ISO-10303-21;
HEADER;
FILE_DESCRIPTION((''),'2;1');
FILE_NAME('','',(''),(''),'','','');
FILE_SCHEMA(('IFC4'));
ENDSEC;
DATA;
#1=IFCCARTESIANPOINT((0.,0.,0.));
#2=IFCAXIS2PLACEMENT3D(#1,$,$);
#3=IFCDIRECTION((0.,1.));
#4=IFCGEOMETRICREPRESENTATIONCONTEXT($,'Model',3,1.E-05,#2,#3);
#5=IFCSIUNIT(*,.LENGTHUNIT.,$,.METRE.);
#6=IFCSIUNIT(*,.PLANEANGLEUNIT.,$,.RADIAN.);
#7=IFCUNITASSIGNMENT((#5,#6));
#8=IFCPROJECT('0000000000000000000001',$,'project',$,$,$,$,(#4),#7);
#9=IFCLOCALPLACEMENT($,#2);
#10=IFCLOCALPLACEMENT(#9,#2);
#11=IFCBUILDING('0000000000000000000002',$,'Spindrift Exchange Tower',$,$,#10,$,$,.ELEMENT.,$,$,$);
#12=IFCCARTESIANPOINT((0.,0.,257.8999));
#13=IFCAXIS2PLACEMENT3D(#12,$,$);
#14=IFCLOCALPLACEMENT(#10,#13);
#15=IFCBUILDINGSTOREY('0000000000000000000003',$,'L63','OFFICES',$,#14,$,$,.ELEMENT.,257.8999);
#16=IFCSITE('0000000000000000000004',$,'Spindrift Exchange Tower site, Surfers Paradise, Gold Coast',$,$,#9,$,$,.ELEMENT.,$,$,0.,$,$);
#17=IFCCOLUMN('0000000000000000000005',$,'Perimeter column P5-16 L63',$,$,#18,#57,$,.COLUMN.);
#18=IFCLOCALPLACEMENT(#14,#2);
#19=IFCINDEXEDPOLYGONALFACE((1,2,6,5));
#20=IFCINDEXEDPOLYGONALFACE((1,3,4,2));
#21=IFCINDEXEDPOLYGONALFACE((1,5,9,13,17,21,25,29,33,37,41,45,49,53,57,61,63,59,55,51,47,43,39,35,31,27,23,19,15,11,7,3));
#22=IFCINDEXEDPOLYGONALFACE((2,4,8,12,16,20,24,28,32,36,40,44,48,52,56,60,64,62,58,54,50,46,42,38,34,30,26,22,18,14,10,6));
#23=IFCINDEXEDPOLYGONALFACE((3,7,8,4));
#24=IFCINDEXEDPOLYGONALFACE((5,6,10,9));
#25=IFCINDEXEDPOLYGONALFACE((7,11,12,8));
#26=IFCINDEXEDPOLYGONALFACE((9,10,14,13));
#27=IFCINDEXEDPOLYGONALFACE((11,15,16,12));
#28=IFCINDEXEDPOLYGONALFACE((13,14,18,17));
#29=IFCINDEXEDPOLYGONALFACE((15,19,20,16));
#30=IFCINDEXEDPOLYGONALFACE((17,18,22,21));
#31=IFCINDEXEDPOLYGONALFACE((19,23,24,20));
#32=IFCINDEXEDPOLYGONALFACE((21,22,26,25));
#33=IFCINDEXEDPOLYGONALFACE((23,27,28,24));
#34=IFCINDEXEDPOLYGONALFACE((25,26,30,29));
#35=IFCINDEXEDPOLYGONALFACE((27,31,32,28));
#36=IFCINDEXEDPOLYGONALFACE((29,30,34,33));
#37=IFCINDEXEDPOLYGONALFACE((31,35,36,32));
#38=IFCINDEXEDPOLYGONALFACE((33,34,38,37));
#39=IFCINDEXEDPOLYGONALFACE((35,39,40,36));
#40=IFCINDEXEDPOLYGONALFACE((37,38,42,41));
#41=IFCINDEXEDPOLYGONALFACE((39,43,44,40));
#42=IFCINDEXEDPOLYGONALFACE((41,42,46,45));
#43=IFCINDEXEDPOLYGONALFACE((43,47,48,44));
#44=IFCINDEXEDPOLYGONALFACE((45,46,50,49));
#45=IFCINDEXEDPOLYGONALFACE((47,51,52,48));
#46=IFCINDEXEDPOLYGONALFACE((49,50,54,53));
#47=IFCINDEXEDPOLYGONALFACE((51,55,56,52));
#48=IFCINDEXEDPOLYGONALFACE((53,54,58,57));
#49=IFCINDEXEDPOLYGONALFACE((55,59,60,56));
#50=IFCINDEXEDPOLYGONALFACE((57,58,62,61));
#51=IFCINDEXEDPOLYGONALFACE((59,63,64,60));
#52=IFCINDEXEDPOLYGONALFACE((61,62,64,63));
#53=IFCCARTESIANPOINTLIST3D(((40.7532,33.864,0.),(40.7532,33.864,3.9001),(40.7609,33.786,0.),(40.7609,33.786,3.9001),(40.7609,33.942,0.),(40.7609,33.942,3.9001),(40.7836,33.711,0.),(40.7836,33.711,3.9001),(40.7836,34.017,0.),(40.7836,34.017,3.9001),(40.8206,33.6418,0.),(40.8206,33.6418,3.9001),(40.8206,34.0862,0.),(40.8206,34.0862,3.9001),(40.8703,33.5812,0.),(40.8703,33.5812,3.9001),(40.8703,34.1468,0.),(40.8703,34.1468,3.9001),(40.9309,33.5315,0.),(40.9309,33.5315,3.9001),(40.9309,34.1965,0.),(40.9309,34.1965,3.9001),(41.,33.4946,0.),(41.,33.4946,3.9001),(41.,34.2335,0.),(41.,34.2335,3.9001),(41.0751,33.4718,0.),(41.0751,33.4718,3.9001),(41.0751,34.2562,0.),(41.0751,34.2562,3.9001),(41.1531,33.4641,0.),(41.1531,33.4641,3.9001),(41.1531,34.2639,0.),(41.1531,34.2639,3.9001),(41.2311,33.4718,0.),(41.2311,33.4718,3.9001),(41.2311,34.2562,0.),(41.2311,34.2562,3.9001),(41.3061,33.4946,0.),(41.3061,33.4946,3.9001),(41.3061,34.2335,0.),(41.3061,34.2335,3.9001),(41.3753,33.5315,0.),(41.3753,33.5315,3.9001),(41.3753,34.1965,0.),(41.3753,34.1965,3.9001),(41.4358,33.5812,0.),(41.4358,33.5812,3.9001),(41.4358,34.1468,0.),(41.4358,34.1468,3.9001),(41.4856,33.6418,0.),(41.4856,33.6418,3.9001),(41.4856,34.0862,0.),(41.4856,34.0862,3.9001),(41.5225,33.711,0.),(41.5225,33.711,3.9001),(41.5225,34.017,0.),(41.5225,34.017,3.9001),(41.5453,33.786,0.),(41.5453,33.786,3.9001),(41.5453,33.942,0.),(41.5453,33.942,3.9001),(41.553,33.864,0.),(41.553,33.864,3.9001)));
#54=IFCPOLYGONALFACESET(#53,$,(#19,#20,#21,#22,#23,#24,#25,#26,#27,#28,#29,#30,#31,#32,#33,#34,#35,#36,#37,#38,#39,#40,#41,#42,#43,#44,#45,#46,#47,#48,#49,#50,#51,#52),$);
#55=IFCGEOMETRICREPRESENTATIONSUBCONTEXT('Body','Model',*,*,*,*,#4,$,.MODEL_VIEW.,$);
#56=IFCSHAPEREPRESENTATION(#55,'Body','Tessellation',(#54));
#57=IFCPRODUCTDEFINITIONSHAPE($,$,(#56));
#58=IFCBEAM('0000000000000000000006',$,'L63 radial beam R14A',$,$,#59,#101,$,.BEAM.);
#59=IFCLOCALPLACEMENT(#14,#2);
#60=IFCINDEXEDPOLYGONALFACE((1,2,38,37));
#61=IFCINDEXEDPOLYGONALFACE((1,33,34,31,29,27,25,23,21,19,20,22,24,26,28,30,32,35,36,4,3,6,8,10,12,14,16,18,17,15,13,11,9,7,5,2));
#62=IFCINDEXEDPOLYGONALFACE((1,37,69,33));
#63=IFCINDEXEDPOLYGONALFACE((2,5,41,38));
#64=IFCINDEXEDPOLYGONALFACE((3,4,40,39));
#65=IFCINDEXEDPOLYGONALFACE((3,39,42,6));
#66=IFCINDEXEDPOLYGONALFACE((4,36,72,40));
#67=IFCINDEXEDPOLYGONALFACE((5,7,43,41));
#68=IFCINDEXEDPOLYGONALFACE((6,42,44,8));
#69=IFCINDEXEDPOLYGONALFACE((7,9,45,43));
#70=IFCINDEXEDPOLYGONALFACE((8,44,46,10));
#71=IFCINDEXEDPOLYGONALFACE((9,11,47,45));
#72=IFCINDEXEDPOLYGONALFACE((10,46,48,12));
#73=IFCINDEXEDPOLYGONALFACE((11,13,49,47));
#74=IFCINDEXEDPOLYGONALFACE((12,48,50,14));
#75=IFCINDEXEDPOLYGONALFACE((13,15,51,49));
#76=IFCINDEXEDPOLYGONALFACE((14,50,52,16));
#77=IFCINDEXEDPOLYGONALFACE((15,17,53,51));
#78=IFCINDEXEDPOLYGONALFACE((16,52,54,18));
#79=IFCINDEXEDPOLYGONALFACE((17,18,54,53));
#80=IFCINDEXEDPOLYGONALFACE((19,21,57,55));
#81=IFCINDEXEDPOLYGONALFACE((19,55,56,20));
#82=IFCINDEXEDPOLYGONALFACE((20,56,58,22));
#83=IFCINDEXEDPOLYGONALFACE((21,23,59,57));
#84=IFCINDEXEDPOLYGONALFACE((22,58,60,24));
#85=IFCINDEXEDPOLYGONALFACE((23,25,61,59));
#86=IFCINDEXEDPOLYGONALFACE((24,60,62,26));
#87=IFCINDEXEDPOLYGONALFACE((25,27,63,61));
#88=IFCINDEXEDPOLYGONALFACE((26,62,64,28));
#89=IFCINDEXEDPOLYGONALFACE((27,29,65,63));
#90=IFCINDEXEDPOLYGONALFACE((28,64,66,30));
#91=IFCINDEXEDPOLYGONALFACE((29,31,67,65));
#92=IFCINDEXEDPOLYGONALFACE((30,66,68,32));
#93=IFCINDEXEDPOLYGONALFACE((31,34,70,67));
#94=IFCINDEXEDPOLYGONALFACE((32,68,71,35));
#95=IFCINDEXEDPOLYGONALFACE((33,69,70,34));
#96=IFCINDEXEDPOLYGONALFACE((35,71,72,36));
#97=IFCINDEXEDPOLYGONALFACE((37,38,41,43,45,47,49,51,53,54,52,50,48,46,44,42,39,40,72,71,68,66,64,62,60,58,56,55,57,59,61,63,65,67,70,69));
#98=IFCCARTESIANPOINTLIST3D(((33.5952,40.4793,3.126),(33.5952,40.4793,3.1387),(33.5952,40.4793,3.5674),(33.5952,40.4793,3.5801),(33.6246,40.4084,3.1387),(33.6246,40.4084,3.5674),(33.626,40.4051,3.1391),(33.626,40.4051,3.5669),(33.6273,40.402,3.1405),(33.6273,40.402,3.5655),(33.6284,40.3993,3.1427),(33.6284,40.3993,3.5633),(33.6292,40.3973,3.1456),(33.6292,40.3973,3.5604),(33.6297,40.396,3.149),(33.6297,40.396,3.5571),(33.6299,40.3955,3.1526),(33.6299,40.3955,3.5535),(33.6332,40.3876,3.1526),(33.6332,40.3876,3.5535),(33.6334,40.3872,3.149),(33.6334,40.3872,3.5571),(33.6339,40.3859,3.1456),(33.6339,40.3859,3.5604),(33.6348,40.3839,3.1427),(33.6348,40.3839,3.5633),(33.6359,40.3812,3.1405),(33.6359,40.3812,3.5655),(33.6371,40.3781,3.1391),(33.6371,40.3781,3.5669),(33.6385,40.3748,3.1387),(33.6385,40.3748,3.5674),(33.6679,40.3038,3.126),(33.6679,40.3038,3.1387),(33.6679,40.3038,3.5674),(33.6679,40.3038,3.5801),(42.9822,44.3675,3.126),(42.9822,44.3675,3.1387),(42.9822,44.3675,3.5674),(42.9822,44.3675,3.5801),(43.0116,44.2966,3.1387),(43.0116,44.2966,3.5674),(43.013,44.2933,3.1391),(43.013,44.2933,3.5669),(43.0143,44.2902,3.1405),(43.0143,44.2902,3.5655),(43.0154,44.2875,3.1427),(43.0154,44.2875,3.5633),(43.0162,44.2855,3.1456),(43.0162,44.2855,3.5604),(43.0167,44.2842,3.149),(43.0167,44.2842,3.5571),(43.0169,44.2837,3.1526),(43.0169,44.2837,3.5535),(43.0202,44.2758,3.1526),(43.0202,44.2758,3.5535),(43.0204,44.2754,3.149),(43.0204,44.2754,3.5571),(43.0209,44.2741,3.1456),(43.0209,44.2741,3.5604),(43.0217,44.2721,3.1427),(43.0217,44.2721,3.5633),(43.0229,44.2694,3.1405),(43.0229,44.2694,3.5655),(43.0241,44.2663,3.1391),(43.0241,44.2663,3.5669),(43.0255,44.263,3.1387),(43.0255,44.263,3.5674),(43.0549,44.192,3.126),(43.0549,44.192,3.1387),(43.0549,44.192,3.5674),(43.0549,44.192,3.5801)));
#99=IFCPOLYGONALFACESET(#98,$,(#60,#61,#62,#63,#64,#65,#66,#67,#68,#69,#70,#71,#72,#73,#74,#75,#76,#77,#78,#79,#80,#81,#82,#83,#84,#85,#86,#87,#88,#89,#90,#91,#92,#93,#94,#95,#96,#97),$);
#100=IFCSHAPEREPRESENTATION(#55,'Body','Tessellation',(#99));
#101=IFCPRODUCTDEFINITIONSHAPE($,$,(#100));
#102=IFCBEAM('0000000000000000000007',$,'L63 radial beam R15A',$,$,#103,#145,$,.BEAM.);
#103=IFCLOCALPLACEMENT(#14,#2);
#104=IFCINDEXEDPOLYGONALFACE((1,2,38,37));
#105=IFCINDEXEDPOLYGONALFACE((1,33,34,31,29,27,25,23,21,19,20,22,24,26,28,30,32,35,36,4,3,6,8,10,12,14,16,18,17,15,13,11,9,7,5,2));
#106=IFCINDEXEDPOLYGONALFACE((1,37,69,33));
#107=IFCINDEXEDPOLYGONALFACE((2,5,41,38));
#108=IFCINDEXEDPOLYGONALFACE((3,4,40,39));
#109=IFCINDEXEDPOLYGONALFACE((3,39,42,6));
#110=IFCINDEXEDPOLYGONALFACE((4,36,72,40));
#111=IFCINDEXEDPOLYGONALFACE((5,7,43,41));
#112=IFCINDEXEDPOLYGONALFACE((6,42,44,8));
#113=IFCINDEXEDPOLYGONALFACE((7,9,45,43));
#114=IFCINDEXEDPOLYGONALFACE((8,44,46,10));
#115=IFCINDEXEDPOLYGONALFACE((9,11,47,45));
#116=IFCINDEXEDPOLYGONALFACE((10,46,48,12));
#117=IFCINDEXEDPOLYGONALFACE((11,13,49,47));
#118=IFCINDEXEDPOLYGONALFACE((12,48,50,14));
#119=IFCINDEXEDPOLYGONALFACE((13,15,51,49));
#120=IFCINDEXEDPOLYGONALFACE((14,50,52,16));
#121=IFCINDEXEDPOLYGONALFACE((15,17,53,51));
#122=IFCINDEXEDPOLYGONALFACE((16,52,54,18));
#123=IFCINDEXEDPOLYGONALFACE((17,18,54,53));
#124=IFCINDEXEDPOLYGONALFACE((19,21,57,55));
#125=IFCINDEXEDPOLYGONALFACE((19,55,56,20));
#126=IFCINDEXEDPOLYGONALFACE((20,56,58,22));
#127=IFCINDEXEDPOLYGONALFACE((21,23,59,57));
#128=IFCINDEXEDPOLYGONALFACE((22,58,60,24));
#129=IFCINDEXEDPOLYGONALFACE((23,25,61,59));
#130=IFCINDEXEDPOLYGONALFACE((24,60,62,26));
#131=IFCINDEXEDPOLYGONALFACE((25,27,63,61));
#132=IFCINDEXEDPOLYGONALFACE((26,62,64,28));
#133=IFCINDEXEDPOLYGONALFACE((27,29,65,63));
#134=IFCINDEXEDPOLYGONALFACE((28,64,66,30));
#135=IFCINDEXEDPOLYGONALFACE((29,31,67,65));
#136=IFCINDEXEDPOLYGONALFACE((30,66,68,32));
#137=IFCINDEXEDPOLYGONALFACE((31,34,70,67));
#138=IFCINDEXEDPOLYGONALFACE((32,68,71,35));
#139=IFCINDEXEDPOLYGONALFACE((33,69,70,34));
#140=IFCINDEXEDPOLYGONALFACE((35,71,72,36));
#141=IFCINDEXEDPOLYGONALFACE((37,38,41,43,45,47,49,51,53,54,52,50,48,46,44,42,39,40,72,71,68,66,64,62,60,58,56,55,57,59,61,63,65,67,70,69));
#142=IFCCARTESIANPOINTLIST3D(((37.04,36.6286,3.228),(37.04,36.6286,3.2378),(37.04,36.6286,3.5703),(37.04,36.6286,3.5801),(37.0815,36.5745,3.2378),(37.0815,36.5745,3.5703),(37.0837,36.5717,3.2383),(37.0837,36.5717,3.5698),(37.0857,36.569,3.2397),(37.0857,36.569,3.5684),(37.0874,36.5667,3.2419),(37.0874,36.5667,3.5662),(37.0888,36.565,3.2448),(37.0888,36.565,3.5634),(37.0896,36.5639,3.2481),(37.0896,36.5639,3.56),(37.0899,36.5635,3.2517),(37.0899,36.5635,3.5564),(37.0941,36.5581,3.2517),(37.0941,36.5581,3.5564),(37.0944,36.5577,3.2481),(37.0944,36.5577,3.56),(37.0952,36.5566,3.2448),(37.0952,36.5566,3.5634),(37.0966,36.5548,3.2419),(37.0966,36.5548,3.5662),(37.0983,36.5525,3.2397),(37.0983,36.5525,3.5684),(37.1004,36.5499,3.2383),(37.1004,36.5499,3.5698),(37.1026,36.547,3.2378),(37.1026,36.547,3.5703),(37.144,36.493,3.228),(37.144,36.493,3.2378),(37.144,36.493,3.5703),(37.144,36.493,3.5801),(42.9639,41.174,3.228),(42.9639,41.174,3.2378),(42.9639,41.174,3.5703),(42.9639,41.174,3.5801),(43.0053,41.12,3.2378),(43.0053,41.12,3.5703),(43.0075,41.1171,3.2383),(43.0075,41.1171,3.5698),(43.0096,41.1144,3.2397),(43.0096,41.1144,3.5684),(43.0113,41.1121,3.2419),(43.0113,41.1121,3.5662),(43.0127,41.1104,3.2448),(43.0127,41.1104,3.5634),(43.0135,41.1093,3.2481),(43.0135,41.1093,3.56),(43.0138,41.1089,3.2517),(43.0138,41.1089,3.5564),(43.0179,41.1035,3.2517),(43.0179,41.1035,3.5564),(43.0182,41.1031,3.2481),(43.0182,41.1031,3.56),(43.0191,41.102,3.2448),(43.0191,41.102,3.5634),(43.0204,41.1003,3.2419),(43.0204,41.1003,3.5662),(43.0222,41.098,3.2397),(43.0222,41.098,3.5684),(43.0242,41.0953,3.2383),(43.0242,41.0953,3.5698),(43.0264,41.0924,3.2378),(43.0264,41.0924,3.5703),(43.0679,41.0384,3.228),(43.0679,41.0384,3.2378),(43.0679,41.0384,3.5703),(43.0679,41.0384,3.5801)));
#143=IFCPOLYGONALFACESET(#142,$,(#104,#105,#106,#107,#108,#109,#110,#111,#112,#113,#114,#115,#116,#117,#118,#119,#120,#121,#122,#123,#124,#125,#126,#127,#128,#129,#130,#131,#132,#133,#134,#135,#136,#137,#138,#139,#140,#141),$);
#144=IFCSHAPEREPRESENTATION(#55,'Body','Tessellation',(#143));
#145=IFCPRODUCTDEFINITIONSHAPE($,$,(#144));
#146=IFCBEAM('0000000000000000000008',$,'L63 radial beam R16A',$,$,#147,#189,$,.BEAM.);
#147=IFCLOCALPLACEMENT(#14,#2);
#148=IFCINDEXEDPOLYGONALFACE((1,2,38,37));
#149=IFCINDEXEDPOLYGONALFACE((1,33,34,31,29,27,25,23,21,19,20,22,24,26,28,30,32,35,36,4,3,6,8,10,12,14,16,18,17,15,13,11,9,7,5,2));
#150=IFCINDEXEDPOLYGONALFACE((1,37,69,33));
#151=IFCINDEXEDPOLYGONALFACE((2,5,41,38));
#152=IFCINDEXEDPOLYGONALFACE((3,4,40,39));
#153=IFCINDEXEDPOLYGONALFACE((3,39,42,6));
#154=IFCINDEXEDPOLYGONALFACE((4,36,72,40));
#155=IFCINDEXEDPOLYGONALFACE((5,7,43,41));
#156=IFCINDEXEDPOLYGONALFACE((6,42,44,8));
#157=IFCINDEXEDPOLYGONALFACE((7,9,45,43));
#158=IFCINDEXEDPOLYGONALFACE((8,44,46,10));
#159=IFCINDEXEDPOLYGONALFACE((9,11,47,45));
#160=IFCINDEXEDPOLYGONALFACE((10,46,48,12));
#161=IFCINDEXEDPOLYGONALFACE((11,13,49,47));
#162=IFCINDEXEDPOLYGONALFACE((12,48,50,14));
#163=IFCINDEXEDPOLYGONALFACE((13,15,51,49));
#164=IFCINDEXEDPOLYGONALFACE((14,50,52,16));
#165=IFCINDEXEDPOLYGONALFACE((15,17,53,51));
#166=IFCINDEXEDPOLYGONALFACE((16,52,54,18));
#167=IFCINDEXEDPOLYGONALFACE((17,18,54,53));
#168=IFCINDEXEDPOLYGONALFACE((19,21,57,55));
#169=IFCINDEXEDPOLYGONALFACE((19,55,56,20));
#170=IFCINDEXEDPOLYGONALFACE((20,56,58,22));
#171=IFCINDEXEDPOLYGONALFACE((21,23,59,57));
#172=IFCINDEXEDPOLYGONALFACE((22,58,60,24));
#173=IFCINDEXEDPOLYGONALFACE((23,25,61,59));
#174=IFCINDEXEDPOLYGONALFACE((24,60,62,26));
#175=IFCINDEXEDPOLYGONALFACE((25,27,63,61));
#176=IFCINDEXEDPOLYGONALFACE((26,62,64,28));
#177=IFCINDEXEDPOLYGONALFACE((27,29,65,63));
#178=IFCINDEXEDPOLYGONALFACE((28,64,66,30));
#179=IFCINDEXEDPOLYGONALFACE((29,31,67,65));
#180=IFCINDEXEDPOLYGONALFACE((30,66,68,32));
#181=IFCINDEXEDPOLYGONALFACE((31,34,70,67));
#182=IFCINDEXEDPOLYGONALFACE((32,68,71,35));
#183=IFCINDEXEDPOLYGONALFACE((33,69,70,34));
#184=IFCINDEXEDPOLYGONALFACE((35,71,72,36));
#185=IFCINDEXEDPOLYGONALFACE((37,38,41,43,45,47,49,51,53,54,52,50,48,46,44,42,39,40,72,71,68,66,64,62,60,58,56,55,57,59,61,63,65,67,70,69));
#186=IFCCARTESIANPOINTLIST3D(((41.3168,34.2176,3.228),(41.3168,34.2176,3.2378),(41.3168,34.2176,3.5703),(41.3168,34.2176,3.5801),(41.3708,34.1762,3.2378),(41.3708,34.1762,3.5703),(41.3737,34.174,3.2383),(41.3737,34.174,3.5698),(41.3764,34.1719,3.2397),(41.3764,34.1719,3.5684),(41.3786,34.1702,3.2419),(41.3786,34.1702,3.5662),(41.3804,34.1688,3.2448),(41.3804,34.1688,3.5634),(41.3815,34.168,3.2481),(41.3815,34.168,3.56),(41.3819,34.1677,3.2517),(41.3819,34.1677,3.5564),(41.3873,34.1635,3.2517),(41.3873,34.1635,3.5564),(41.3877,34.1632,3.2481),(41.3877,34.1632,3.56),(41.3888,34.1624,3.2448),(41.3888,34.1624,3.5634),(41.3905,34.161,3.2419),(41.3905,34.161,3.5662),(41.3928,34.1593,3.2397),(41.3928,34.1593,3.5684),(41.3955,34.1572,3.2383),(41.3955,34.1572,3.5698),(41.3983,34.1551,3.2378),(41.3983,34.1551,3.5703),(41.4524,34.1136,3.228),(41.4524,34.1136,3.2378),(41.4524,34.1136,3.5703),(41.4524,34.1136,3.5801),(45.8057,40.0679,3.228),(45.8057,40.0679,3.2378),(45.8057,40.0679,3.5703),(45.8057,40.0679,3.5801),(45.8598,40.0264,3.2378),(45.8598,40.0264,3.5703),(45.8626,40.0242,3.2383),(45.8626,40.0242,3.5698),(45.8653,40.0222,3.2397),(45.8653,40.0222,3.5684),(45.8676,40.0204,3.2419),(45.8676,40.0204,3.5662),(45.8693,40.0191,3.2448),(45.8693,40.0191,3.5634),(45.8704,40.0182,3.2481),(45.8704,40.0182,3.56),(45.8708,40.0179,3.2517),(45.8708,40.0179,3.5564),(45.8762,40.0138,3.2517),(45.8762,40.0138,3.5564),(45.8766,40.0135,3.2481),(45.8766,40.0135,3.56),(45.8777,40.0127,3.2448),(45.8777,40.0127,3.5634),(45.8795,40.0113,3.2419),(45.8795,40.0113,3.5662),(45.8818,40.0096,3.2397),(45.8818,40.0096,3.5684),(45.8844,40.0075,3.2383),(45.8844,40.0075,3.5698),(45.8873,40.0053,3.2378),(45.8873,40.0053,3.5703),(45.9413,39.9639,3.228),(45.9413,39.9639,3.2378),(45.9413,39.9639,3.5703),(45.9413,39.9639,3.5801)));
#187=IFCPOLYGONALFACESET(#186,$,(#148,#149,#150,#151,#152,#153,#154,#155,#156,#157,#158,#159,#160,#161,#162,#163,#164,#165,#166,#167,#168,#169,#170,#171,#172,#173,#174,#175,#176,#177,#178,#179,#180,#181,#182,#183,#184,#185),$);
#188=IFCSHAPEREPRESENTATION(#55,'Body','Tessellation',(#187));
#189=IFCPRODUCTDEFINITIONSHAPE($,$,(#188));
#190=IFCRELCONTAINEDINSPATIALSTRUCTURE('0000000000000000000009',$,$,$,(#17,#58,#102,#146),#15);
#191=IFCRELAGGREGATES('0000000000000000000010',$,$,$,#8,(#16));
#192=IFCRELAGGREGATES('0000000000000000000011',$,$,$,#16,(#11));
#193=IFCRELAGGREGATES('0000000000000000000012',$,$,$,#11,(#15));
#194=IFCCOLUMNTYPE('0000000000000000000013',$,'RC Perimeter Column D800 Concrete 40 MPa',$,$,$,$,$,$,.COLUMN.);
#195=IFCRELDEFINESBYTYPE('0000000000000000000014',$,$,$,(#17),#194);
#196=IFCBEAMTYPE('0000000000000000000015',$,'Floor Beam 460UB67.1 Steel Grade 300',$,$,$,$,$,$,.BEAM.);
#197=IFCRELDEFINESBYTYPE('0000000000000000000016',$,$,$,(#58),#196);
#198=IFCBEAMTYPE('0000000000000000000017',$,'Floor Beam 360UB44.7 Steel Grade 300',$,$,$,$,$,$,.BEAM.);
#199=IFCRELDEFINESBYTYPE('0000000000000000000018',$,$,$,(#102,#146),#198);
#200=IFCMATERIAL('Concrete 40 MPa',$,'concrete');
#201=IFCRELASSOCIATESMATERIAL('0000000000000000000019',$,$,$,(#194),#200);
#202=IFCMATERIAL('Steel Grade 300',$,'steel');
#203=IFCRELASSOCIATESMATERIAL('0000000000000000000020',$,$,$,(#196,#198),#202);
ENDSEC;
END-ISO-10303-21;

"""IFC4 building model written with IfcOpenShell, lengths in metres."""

from ifc_helpers import new_model, si_unit, direction, frame, origin, origin_2d, place, context, subcontext, project, spatial, circle, i_section, extrude, source, transform, mapped, material, material_profile, profile_set, type_object, element, save


model = new_model("IFC4")

# Units and contexts
model_context = context("Model", 3, precision=1e-05, world=origin(), true_north=direction((0.0, 1.0)))
body_context = subcontext(model_context, "Body", "Model", "MODEL_VIEW")
ifc_project = project(units=[si_unit("LENGTHUNIT", "METRE"), si_unit("PLANEANGLEUNIT", "RADIAN")], contexts=[model_context])

# Site, building, storey
site_placement = place(None, origin())
site = spatial("IfcSite", under=ifc_project, at=site_placement, Name="Spindrift Exchange Tower site, Surfers Paradise, Gold Coast", CompositionType="ELEMENT", RefElevation=0.0)
building_placement = place(site_placement, origin())
building = spatial("IfcBuilding", under=site, at=building_placement, Name="Spindrift Exchange Tower", CompositionType="ELEMENT")
storey_placement = place(building_placement, frame((0.0, 0.0, 257.8999)))
storey = spatial("IfcBuildingStorey", under=building, at=storey_placement, Name="L63", Description="OFFICES", CompositionType="ELEMENT", Elevation=257.8999)

# Column
ifc_material_1 = material(Name="Concrete 40 MPa", Category="concrete")
ifc_material_profile_1 = material_profile(ifc_material_1, circle(Radius=0.3999, at=origin_2d()), Name="RC D800")
ifc_profile_set_1 = profile_set([ifc_material_profile_1], Name="Concrete 40 MPa")
column_type = type_object("IfcColumnType", Name="RC Perimeter Column D800 Concrete 40 MPa", PredefinedType="COLUMN", material=ifc_profile_set_1)
shared_shape_1 = source(origin(), body_context, "Body", "SweptSolid", [
    extrude(circle(Radius=0.3999, at=origin_2d()), origin(), (0.0, 0.0, 1.0), 3.9001),
])
column_placement = place(storey_placement, frame((41.1531, 33.864, 0.0), z_axis=(0.0, 0.0, 1.0), x_axis=(1.0, 0.0, 0.0)))
element("IfcColumn", 1, at=column_placement, inside=storey, type_object=column_type, Name="Perimeter column P5-16 L63", PredefinedType="COLUMN", context=body_context, shape_type="MappedRepresentation", body=[
    mapped(shared_shape_1, transform((0.0, 0.0, 0.0), scale=1.0)),
])

# Beams
ifc_material_2 = material(Name="Steel Grade 300", Category="steel")
ifc_material_profile_2 = material_profile(ifc_material_2, i_section(OverallWidth=0.1899, OverallDepth=0.4541, WebThickness=0.0085, FlangeThickness=0.0127, FilletRadius=0.0139, at=origin_2d()), Name="460UB67.1")
ifc_profile_set_2 = profile_set([ifc_material_profile_2], Name="Steel Grade 300")
beam_type_1 = type_object("IfcBeamType", Name="Floor Beam 460UB67.1 Steel Grade 300", PredefinedType="BEAM", material=ifc_profile_set_2)
shared_shape_2 = source(origin(), body_context, "Body", "SweptSolid", [
    extrude(i_section(OverallWidth=0.1899, OverallDepth=0.4541, WebThickness=0.0085, FlangeThickness=0.0127, FilletRadius=0.0139, at=origin_2d()), origin(), (0.0, 0.0, 1.0), 10.1604),
])
beam_1_placement = place(storey_placement, frame((43.0186, 44.2798, 3.353), z_axis=(-0.92388, -0.382681, 0.0), x_axis=(0.382681, -0.92388, 0.0)))
element("IfcBeam", 2, at=beam_1_placement, inside=storey, type_object=beam_type_1, Name="L63 radial beam R14A", PredefinedType="BEAM", context=body_context, shape_type="MappedRepresentation", body=[
    mapped(shared_shape_2, transform((0.0, 0.0, 0.0), scale=1.0)),
])
ifc_material_profile_3 = material_profile(ifc_material_2, i_section(OverallWidth=0.1709, OverallDepth=0.3521, WebThickness=0.0068, FlangeThickness=0.0098, FilletRadius=0.0139, at=origin_2d()), Name="360UB44.7")
ifc_profile_set_3 = profile_set([ifc_material_profile_3], Name="Steel Grade 300")
beam_type_2 = type_object("IfcBeamType", Name="Floor Beam 360UB44.7 Steel Grade 300", PredefinedType="BEAM", material=ifc_profile_set_3)
shared_shape_3 = source(origin(), body_context, "Body", "SweptSolid", [
    extrude(i_section(OverallWidth=0.1709, OverallDepth=0.3521, WebThickness=0.0068, FlangeThickness=0.0098, FilletRadius=0.0139, at=origin_2d()), origin(), (0.0, 0.0, 1.0), 7.4668),
])
beam_2_placement = place(storey_placement, frame((43.0159, 41.1062, 3.4041), z_axis=(-0.79336, -0.608753, 0.0), x_axis=(0.608753, -0.79336, 0.0)))
element("IfcBeam", 3, at=beam_2_placement, inside=storey, type_object=beam_type_2, Name="L63 radial beam R15A", PredefinedType="BEAM", context=body_context, shape_type="MappedRepresentation", body=[
    mapped(shared_shape_3, transform((0.0, 0.0, 0.0), scale=1.0)),
])
shared_shape_4 = source(origin(), body_context, "Body", "SweptSolid", [
    extrude(i_section(OverallWidth=0.1709, OverallDepth=0.3521, WebThickness=0.0068, FlangeThickness=0.0098, FilletRadius=0.0139, at=origin_2d()), origin(), (0.0, 0.0, 1.0), 7.374),
])
beam_3_placement = place(storey_placement, frame((45.8735, 40.0159, 3.4041), z_axis=(-0.608752, -0.793361, 0.0), x_axis=(0.793361, -0.608752, 0.0)))
element("IfcBeam", 4, at=beam_3_placement, inside=storey, type_object=beam_type_2, Name="L63 radial beam R16A", PredefinedType="BEAM", context=body_context, shape_type="MappedRepresentation", body=[
    mapped(shared_shape_4, transform((0.0, 0.0, 0.0), scale=1.0)),
])

save(model, "model.ifc")
